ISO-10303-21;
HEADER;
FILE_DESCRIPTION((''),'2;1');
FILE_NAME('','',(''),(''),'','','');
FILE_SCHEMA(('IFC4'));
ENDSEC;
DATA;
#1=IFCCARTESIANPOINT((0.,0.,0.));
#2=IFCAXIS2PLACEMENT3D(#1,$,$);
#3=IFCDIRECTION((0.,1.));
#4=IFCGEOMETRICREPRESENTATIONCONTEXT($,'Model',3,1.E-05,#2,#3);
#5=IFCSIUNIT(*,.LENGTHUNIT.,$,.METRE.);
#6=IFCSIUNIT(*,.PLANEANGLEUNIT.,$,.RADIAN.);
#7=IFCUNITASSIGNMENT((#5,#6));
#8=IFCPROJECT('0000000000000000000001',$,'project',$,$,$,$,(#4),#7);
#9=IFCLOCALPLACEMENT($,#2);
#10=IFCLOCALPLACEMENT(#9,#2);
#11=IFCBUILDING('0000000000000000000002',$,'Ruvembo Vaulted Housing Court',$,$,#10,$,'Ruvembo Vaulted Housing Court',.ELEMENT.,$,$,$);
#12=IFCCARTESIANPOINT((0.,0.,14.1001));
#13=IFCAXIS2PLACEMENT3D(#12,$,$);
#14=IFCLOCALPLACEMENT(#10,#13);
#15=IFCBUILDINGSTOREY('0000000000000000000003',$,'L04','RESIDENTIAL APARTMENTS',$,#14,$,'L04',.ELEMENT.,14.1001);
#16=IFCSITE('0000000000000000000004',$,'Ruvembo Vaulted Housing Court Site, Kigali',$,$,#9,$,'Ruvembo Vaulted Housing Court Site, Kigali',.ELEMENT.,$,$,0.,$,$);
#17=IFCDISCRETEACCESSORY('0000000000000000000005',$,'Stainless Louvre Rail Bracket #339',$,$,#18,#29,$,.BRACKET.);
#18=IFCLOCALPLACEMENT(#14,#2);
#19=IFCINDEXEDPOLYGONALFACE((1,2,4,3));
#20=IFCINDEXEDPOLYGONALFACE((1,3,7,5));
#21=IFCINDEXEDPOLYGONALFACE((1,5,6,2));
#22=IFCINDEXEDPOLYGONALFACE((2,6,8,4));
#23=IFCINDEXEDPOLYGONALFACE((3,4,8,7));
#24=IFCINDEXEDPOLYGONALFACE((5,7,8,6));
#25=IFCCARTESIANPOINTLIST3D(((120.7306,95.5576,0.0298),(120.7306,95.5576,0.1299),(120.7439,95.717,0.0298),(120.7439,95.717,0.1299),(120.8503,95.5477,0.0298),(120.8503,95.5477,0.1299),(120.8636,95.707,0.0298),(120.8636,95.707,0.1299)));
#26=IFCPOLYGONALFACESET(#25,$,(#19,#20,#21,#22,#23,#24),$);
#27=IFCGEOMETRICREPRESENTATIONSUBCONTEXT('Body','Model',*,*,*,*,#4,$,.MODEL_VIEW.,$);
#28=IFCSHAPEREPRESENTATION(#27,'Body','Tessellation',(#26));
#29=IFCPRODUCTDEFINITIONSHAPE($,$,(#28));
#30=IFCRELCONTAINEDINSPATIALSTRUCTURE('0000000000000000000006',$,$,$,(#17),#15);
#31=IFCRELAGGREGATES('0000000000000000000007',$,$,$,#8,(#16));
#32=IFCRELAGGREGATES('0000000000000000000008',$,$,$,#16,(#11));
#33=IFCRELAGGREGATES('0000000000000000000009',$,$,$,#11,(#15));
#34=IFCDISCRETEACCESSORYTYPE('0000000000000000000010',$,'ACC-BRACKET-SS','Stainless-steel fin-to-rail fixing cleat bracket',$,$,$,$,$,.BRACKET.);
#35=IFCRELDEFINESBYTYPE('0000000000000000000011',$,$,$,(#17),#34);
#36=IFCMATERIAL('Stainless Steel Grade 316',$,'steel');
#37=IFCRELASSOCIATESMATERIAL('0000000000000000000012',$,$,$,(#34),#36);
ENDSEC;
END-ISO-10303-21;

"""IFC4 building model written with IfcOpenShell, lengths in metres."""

from ifc_helpers import new_model, si_unit, direction, frame, origin, origin_2d, place, context, subcontext, project, spatial, rectangle, extrude, material, type_object, element, save


model = new_model("IFC4")

# Units and contexts
model_context = context("Model", 3, precision=1e-05, world=origin(), true_north=direction((0.0, 1.0)))
body_context = subcontext(model_context, "Body", "Model", "MODEL_VIEW")
ifc_project = project(units=[si_unit("LENGTHUNIT", "METRE"), si_unit("PLANEANGLEUNIT", "RADIAN")], contexts=[model_context])

# Site, building, storey
site_placement = place(None, origin())
site = spatial("IfcSite", under=ifc_project, at=site_placement, Name="Ruvembo Vaulted Housing Court Site, Kigali", LongName="Ruvembo Vaulted Housing Court Site, Kigali", CompositionType="ELEMENT", RefElevation=0.0)
building_placement = place(site_placement, origin())
building = spatial("IfcBuilding", under=site, at=building_placement, Name="Ruvembo Vaulted Housing Court", LongName="Ruvembo Vaulted Housing Court", CompositionType="ELEMENT")
storey_placement = place(building_placement, frame((0.0, 0.0, 14.1001)))
storey = spatial("IfcBuildingStorey", under=building, at=storey_placement, Name="L04", Description="RESIDENTIAL APARTMENTS", LongName="L04", CompositionType="ELEMENT", Elevation=14.1001)

# Discrete accessory
ifc_material_1 = material(Name="Stainless Steel Grade 316", Category="steel")
discrete_accessory_type = type_object("IfcDiscreteAccessoryType", Name="ACC-BRACKET-SS", Description="Stainless-steel fin-to-rail fixing cleat bracket", PredefinedType="BRACKET", material=ifc_material_1)
discrete_accessory_placement = place(storey_placement, frame((120.7971, 95.6323, 0.0298), z_axis=(0.0, 0.0, 1.0), x_axis=(-0.082895, -0.996558, 0.0)))
element("IfcDiscreteAccessory", 1, at=discrete_accessory_placement, inside=storey, type_object=discrete_accessory_type, Name="Stainless Louvre Rail Bracket #339", PredefinedType="BRACKET", context=body_context, shape_type="SweptSolid", body=[
    extrude(rectangle(XDim=0.1599, YDim=0.1201, at=origin_2d()), origin(), (0.0, 0.0, 1.0), 0.1001),
])

save(model, "model.ifc")
